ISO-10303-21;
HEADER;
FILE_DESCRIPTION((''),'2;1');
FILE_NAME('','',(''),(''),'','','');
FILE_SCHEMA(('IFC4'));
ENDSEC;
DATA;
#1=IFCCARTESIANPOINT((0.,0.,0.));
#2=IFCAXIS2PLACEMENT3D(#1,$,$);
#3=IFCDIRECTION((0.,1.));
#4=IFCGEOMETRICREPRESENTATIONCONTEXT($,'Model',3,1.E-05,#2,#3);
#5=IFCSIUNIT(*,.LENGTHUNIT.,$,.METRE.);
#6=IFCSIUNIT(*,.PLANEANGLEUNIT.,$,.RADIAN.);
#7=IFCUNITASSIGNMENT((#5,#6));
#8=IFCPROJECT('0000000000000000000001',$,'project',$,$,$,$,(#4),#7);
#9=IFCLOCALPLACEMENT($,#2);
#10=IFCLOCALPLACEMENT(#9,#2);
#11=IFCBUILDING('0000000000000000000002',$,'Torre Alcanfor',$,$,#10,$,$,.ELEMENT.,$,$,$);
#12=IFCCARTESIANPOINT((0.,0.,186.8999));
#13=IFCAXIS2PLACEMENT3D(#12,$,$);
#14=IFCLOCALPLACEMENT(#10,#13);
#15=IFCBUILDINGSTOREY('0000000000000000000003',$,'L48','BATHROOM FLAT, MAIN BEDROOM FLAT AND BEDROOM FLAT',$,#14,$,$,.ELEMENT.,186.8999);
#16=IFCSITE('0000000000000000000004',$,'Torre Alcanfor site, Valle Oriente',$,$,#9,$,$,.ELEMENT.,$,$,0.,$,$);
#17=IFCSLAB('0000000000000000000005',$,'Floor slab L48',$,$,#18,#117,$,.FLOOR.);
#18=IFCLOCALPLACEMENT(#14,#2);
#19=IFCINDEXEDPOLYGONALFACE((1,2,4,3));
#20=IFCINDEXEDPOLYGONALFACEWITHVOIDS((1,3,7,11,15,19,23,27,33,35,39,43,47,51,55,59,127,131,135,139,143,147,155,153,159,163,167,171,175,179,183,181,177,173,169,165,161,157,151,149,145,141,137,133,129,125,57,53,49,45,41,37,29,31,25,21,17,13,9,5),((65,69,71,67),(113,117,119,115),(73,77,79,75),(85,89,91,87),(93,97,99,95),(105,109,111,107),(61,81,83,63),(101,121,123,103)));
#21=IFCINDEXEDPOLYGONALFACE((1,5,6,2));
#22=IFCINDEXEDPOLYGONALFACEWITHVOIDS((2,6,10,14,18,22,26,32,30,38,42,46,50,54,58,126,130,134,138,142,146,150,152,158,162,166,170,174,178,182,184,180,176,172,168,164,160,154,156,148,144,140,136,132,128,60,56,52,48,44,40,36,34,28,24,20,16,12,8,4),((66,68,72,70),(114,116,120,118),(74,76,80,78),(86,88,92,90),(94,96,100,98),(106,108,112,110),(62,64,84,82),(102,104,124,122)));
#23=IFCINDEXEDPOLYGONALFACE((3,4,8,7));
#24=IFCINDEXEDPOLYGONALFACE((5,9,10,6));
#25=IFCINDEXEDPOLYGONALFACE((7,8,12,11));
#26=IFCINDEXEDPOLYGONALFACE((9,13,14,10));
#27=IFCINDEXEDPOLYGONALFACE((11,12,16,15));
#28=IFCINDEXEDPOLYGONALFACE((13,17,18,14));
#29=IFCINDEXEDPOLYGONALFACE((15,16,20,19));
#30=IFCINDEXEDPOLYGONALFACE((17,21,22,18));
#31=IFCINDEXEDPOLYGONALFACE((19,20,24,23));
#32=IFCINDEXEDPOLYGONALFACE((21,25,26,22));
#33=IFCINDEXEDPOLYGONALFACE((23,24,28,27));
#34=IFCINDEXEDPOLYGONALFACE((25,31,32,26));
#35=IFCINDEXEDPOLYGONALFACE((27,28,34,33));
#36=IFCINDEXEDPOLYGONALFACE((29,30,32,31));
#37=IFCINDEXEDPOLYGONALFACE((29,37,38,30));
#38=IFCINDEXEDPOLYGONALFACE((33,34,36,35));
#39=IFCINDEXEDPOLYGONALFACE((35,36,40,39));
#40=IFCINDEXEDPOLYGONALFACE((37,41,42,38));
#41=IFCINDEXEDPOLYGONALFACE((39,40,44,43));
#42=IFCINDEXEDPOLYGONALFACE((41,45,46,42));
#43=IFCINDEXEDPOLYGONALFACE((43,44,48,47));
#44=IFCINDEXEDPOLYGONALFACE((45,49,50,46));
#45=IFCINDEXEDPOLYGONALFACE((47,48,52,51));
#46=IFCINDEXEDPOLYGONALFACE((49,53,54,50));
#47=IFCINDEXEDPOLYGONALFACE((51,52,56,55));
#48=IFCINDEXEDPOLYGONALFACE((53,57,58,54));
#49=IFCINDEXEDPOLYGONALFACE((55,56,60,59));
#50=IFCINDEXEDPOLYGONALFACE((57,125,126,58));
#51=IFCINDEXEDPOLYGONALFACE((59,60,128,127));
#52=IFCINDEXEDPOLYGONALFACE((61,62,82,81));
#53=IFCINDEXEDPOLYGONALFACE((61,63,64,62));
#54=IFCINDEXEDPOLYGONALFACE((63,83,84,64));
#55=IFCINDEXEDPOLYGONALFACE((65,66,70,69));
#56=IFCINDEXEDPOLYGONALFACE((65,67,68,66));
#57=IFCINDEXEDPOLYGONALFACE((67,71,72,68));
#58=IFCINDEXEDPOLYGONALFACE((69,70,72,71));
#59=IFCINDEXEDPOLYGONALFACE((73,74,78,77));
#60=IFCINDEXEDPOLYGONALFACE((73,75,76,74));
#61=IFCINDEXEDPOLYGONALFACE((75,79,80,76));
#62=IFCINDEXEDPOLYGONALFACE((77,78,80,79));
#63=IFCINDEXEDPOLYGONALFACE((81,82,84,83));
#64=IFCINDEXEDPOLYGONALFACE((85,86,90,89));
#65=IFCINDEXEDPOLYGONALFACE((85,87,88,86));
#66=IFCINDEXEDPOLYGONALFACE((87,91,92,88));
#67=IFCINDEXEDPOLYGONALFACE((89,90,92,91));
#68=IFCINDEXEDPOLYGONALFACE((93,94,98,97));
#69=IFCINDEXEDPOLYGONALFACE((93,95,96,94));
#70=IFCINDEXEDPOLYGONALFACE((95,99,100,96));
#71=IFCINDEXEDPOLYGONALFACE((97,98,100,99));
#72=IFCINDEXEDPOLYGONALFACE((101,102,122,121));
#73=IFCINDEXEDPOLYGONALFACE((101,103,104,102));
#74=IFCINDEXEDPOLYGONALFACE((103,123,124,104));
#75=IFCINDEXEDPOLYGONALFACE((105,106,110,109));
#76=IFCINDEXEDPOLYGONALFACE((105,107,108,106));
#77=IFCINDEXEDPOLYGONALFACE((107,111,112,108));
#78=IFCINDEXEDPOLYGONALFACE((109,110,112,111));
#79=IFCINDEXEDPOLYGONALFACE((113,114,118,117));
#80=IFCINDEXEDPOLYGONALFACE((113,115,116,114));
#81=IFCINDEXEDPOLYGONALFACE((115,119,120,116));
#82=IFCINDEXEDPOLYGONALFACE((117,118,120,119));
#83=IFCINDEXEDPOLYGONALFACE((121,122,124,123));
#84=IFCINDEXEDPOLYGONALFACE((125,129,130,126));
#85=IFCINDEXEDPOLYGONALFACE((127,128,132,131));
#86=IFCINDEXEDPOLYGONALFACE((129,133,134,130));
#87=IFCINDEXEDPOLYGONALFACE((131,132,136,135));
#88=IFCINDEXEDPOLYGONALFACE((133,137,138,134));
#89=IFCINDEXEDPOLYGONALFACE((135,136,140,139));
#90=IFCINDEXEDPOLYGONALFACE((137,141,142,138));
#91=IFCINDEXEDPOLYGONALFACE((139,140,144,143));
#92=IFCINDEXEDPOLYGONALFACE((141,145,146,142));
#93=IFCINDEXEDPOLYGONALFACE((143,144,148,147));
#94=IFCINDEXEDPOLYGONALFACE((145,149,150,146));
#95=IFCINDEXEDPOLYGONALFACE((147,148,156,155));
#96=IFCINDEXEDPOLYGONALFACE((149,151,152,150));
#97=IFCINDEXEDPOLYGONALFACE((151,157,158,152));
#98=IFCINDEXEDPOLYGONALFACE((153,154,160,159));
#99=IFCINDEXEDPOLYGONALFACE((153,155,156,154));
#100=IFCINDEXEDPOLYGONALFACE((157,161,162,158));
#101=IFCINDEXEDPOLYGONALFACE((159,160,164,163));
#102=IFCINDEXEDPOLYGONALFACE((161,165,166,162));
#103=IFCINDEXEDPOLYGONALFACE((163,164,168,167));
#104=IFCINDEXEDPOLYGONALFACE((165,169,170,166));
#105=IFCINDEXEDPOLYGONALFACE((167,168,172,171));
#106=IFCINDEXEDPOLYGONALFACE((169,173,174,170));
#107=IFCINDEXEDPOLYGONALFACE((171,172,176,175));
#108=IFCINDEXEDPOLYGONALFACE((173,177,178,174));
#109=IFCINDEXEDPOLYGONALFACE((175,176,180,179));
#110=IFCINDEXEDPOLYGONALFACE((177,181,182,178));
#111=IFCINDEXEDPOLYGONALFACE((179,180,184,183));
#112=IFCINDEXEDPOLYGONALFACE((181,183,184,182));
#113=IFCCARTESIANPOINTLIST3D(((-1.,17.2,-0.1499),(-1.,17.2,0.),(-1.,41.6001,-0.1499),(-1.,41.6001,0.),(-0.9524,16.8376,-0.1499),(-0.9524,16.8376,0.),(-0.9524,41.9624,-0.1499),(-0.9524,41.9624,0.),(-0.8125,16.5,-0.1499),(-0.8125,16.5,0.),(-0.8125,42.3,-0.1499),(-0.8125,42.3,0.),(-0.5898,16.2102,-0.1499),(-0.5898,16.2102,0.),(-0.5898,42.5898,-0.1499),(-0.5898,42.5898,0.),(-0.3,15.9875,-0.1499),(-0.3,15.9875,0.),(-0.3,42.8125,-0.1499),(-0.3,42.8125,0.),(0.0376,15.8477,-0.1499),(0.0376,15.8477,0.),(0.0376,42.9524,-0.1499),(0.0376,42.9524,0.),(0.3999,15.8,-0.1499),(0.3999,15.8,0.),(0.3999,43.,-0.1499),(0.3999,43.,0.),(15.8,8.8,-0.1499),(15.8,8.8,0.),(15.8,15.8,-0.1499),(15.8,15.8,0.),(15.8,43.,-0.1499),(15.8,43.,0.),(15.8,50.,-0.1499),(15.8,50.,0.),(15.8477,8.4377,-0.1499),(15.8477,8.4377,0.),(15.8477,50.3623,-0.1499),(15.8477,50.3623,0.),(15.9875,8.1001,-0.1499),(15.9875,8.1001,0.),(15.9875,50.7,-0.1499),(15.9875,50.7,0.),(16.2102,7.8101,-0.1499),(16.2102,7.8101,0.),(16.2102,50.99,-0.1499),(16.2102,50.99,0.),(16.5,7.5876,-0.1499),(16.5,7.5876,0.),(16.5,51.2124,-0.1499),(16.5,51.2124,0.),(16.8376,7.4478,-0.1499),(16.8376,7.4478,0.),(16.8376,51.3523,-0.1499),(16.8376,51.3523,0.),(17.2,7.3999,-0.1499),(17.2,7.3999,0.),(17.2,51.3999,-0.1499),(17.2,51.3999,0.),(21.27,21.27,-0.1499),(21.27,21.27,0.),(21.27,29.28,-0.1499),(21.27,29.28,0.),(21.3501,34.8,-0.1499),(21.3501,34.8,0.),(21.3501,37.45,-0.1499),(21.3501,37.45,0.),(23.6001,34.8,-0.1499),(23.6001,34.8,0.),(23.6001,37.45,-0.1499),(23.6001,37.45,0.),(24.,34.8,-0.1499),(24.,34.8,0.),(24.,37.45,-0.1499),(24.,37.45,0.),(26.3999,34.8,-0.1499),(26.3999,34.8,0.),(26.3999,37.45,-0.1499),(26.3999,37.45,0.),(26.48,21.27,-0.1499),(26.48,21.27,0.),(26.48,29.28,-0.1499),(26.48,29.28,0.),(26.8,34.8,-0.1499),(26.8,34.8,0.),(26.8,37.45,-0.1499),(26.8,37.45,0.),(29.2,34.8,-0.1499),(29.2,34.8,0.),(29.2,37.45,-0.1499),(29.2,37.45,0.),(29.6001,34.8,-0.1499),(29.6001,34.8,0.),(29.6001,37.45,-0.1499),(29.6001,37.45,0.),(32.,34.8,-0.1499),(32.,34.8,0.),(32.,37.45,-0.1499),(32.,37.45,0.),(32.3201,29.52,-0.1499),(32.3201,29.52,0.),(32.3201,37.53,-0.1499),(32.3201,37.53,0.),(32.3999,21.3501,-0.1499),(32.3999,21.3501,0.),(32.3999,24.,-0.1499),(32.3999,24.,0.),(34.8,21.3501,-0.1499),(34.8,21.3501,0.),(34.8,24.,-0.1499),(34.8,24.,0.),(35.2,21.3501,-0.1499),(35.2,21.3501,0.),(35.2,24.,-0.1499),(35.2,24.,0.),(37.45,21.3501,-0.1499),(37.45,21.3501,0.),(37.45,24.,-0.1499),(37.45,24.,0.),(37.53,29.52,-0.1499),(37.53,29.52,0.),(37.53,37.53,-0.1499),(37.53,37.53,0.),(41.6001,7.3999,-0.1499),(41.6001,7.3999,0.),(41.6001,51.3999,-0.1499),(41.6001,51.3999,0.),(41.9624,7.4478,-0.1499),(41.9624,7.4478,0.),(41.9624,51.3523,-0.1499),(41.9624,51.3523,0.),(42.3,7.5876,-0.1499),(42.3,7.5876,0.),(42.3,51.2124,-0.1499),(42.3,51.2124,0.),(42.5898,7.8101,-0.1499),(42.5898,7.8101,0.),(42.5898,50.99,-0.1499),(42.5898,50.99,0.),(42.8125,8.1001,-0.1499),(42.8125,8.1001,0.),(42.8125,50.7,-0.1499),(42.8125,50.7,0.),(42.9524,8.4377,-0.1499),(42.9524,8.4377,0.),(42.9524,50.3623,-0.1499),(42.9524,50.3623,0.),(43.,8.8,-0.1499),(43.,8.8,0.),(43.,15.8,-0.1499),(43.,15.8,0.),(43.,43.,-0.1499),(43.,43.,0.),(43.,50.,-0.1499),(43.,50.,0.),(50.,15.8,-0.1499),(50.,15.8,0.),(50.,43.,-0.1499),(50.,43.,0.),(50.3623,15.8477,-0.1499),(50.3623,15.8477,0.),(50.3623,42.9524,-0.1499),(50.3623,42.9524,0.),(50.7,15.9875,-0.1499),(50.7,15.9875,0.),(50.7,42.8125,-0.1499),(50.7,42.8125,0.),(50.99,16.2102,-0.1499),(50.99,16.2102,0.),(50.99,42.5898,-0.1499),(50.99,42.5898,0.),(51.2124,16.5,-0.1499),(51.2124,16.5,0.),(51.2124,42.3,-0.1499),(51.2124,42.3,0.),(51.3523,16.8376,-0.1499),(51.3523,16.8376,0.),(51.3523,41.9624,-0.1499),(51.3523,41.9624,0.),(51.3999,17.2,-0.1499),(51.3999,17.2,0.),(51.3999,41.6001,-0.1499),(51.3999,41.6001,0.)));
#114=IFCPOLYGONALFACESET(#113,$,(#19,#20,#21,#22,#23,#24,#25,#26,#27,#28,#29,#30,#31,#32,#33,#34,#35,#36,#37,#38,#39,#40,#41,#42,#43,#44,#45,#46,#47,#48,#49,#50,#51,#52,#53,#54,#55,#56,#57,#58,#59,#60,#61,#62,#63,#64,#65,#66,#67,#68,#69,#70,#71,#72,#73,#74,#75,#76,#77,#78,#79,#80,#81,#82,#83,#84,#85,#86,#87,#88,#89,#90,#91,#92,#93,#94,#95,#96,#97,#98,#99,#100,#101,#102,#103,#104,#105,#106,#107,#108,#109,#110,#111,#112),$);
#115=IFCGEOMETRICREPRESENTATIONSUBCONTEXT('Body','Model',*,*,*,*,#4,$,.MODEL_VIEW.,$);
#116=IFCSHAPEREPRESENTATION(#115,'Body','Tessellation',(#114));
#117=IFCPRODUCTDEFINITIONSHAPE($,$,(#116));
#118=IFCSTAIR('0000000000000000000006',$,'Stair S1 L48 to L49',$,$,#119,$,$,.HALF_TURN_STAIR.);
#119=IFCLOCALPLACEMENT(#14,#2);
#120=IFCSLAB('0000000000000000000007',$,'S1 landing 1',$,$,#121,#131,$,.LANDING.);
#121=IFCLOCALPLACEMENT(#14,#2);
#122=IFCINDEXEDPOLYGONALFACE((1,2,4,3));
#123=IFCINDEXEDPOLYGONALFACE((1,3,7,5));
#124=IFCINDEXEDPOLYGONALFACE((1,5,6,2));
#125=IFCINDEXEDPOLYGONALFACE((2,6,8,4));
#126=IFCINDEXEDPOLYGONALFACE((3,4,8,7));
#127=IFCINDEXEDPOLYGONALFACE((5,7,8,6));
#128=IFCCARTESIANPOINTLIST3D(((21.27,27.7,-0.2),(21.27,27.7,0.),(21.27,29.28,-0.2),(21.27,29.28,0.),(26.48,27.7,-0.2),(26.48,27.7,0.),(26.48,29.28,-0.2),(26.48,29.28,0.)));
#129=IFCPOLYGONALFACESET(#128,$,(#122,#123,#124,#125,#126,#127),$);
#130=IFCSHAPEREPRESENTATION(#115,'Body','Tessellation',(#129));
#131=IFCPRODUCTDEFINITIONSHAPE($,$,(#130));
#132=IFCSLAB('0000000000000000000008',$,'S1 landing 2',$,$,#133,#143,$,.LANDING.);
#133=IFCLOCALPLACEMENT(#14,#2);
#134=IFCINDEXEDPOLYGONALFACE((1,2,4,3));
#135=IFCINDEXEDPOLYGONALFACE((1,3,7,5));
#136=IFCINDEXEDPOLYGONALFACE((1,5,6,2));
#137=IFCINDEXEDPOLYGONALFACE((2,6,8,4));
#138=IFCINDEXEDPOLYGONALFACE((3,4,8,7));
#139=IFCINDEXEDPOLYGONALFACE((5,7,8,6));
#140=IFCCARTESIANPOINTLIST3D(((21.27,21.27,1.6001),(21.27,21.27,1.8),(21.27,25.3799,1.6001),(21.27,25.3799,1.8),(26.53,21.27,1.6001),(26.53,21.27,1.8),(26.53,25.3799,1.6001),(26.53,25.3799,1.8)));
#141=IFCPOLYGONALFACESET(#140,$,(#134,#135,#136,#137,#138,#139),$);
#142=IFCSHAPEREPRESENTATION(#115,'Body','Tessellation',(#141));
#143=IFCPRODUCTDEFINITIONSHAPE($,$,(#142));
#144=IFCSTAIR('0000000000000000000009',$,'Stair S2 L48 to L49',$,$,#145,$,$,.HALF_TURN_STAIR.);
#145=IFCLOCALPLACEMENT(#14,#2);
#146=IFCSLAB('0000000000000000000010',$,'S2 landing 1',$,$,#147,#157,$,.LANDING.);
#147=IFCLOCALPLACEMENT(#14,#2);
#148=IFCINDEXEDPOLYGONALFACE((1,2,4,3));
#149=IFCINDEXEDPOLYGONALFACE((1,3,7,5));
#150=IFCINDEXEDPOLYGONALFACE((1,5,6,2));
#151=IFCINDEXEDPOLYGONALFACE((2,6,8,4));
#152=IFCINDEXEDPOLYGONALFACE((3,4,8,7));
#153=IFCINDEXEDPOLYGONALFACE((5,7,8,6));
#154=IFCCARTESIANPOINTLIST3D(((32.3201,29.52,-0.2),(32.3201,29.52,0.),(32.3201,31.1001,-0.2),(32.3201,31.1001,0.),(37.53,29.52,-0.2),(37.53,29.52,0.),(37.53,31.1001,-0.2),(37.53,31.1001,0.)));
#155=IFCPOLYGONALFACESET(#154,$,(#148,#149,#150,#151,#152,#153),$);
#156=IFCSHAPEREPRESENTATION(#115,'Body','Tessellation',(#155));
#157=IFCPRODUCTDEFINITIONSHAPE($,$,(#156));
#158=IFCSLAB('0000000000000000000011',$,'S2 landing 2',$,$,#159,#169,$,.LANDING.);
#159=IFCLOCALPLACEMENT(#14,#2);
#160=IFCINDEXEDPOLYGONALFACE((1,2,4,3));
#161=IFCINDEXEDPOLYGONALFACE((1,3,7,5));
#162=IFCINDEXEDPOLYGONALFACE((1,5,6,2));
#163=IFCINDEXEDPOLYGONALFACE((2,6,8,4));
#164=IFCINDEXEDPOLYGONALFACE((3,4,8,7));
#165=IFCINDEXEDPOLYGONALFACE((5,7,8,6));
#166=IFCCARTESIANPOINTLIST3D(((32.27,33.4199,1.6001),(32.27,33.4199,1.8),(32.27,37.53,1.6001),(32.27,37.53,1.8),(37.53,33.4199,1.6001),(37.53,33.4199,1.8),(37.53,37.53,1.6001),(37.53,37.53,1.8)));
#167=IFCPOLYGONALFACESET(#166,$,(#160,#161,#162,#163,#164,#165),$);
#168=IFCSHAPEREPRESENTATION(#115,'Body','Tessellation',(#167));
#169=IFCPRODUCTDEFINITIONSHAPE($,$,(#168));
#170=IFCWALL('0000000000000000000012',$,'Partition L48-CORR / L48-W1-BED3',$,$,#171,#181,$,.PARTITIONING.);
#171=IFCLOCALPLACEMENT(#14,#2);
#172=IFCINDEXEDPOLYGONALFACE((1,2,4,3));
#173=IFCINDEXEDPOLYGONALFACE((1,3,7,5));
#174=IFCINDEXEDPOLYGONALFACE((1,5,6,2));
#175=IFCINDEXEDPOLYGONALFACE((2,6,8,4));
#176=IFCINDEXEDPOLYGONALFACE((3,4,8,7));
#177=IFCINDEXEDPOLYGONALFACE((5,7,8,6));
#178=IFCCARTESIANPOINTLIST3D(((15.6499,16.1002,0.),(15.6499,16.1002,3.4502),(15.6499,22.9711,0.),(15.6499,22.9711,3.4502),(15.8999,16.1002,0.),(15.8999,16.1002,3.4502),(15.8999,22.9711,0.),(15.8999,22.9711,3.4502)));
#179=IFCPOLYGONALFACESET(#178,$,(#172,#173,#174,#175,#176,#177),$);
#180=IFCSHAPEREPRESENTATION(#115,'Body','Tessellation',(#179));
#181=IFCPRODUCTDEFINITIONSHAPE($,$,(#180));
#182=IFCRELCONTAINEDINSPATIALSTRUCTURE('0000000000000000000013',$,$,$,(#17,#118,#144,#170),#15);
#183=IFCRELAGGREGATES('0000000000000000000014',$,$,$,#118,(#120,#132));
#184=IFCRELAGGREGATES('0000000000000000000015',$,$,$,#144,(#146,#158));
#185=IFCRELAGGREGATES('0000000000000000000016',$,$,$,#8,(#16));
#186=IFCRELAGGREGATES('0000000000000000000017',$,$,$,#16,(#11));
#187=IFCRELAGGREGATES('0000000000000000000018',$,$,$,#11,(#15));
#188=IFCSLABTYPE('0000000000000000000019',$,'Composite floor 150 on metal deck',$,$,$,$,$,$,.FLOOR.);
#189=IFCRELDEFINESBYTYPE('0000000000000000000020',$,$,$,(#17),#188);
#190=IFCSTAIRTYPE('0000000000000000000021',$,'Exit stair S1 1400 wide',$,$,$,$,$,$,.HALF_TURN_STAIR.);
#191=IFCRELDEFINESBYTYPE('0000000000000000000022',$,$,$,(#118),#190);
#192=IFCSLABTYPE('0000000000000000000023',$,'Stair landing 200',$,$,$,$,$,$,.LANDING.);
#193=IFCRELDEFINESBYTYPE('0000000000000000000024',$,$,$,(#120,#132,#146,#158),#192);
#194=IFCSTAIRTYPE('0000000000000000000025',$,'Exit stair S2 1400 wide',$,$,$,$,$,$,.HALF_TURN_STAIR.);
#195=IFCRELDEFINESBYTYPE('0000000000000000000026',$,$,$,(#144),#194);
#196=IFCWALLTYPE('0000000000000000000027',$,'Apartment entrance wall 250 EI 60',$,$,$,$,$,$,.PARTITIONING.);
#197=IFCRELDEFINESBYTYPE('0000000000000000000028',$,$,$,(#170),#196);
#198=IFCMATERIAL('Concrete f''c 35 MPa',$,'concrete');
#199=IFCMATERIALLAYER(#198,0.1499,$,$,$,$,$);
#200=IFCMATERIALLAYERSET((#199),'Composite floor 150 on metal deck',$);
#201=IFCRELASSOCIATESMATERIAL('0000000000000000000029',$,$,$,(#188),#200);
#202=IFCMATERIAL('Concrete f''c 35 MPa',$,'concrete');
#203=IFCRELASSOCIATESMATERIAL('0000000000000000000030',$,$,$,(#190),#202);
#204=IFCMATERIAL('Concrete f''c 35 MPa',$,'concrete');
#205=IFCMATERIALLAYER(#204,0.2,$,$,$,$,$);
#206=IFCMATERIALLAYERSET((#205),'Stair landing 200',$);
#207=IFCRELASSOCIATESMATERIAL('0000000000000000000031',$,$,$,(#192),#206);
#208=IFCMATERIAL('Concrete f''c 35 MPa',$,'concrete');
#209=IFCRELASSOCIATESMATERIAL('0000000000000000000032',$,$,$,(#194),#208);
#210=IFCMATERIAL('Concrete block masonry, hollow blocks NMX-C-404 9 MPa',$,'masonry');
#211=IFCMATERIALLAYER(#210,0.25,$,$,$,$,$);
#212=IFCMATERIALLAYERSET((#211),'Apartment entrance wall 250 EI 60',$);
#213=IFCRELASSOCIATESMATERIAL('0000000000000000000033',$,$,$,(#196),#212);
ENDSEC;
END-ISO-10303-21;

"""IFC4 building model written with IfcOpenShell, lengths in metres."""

from ifc_helpers import new_model, si_unit, direction, frame, frame_2d, origin, place, context, subcontext, project, spatial, polyline, rectangle, outline, extrude, material, layer, layer_set, type_object, element, aggregate, save


model = new_model("IFC4")

# Units and contexts
model_context = context("Model", 3, precision=1e-05, world=origin(), true_north=direction((0.0, 1.0)))
body_context = subcontext(model_context, "Body", "Model", "MODEL_VIEW")
ifc_project = project(units=[si_unit("LENGTHUNIT", "METRE"), si_unit("PLANEANGLEUNIT", "RADIAN")], contexts=[model_context])

# Site, building, storey
site_placement = place(None, origin())
site = spatial("IfcSite", under=ifc_project, at=site_placement, Name="Torre Alcanfor site, Valle Oriente", CompositionType="ELEMENT", RefElevation=0.0)
building_placement = place(site_placement, origin())
building = spatial("IfcBuilding", under=site, at=building_placement, Name="Torre Alcanfor", CompositionType="ELEMENT")
storey_placement = place(building_placement, frame((0.0, 0.0, 186.8999)))
storey = spatial("IfcBuildingStorey", under=building, at=storey_placement, Name="L48", Description="BATHROOM FLAT, MAIN BEDROOM FLAT AND BEDROOM FLAT", CompositionType="ELEMENT", Elevation=186.8999)

# Slab
ifc_material_1 = material(Name="Concrete f'c 35 MPa", Category="concrete")
ifc_layer_1 = layer(ifc_material_1, 0.1499)
ifc_layer_set_1 = layer_set([ifc_layer_1], Name="Composite floor 150 on metal deck")
slab_type_1 = type_object("IfcSlabType", Name="Composite floor 150 on metal deck", PredefinedType="FLOOR", material=ifc_layer_set_1)
slab_1_placement = place(storey_placement, frame((0.0, 0.0, -0.1499)))
element("IfcSlab", 1, at=slab_1_placement, inside=storey, type_object=slab_type_1, Name="Floor slab L48", PredefinedType="FLOOR", context=body_context, shape_type="SweptSolid", body=[
    extrude(outline(polyline([(15.8, 43.0), (0.3999, 43.0), (0.0376, 42.9524), (-0.3, 42.8125), (-0.5898, 42.5898), (-0.8125, 42.3), (-0.9524, 41.9624), (-1.0, 41.6001), (-1.0, 17.2), (-0.9524, 16.8376), (-0.8125, 16.5), (-0.5898, 16.2102), (-0.3, 15.9875), (0.0376, 15.8477), (0.3999, 15.8), (15.8, 15.8), (15.8, 8.8), (15.8477, 8.4377), (15.9875, 8.1001), (16.2102, 7.8101), (16.5, 7.5876), (16.8376, 7.4478), (17.2, 7.3999), (41.6001, 7.3999), (41.9624, 7.4478), (42.3, 7.5876), (42.5898, 7.8101), (42.8125, 8.1001), (42.9524, 8.4377), (43.0, 8.8), (43.0, 15.8), (50.0, 15.8), (50.3623, 15.8477), (50.7, 15.9875), (50.99, 16.2102), (51.2124, 16.5), (51.3523, 16.8376), (51.3999, 17.2), (51.3999, 41.6001), (51.3523, 41.9624), (51.2124, 42.3), (50.99, 42.5898), (50.7, 42.8125), (50.3623, 42.9524), (50.0, 43.0), (43.0, 43.0), (43.0, 50.0), (42.9524, 50.3623), (42.8125, 50.7), (42.5898, 50.99), (42.3, 51.2124), (41.9624, 51.3523), (41.6001, 51.3999), (17.2, 51.3999), (16.8376, 51.3523), (16.5, 51.2124), (16.2102, 50.99), (15.9875, 50.7), (15.8477, 50.3623), (15.8, 50.0), (15.8, 43.0)]), holes=[polyline([(21.27, 21.27), (26.48, 21.27), (26.48, 29.28), (21.27, 29.28), (21.27, 21.27)]), polyline([(32.3201, 29.52), (37.53, 29.52), (37.53, 37.53), (32.3201, 37.53), (32.3201, 29.52)]), polyline([(32.3999, 21.3501), (34.8, 21.3501), (34.8, 24.0), (32.3999, 24.0), (32.3999, 21.3501)]), polyline([(35.2, 21.3501), (37.45, 21.3501), (37.45, 24.0), (35.2, 24.0), (35.2, 21.3501)]), polyline([(21.3501, 34.8), (23.6001, 34.8), (23.6001, 37.45), (21.3501, 37.45), (21.3501, 34.8)]), polyline([(24.0, 34.8), (26.3999, 34.8), (26.3999, 37.45), (24.0, 37.45), (24.0, 34.8)]), polyline([(26.8, 34.8), (29.2, 34.8), (29.2, 37.45), (26.8, 37.45), (26.8, 34.8)]), polyline([(29.6001, 34.8), (32.0, 34.8), (32.0, 37.45), (29.6001, 37.45), (29.6001, 34.8)])]), origin(), (0.0, 0.0, 1.0), 0.1499),
])

# Stairs, slabs
ifc_material_2 = material(Name="Concrete f'c 35 MPa", Category="concrete")
stair_type_1 = type_object("IfcStairType", Name="Exit stair S1 1400 wide", PredefinedType="HALF_TURN_STAIR", material=ifc_material_2)
stair_1_placement = place(storey_placement, origin())
stair_1 = element("IfcStair", 2, at=stair_1_placement, inside=storey, type_object=stair_type_1, Name="Stair S1 L48 to L49", PredefinedType="HALF_TURN_STAIR")
ifc_material_3 = material(Name="Concrete f'c 35 MPa", Category="concrete")
ifc_layer_2 = layer(ifc_material_3, 0.2)
ifc_layer_set_2 = layer_set([ifc_layer_2], Name="Stair landing 200")
slab_type_2 = type_object("IfcSlabType", Name="Stair landing 200", PredefinedType="LANDING", material=ifc_layer_set_2)
slab_2_placement = place(storey_placement, frame((0.0, 0.0, -0.2)))
slab_2 = element("IfcSlab", 3, at=slab_2_placement, type_object=slab_type_2, Name="S1 landing 1", PredefinedType="LANDING", context=body_context, shape_type="SweptSolid", body=[
    extrude(outline(polyline([(21.27, 27.7), (26.48, 27.7), (26.48, 29.28), (21.27, 29.28), (21.27, 27.7)])), origin(), (0.0, 0.0, 1.0), 0.2),
])
slab_3_placement = place(storey_placement, frame((0.0, 0.0, 1.6001)))
slab_3 = element("IfcSlab", 4, at=slab_3_placement, type_object=slab_type_2, Name="S1 landing 2", PredefinedType="LANDING", context=body_context, shape_type="SweptSolid", body=[
    extrude(outline(polyline([(21.27, 21.27), (26.53, 21.27), (26.53, 25.3799), (21.27, 25.3799), (21.27, 21.27)])), origin(), (0.0, 0.0, 1.0), 0.2),
])
aggregate(stair_1, [slab_2, slab_3])
ifc_material_4 = material(Name="Concrete f'c 35 MPa", Category="concrete")
stair_type_2 = type_object("IfcStairType", Name="Exit stair S2 1400 wide", PredefinedType="HALF_TURN_STAIR", material=ifc_material_4)
stair_2_placement = place(storey_placement, origin())
stair_2 = element("IfcStair", 5, at=stair_2_placement, inside=storey, type_object=stair_type_2, Name="Stair S2 L48 to L49", PredefinedType="HALF_TURN_STAIR")
slab_4_placement = place(storey_placement, frame((0.0, 0.0, -0.2)))
slab_4 = element("IfcSlab", 6, at=slab_4_placement, type_object=slab_type_2, Name="S2 landing 1", PredefinedType="LANDING", context=body_context, shape_type="SweptSolid", body=[
    extrude(outline(polyline([(32.3201, 29.52), (37.53, 29.52), (37.53, 31.1001), (32.3201, 31.1001), (32.3201, 29.52)])), origin(), (0.0, 0.0, 1.0), 0.2),
])
slab_5_placement = place(storey_placement, frame((0.0, 0.0, 1.6001)))
slab_5 = element("IfcSlab", 7, at=slab_5_placement, type_object=slab_type_2, Name="S2 landing 2", PredefinedType="LANDING", context=body_context, shape_type="SweptSolid", body=[
    extrude(outline(polyline([(32.27, 33.4199), (37.53, 33.4199), (37.53, 37.53), (32.27, 37.53), (32.27, 33.4199)])), origin(), (0.0, 0.0, 1.0), 0.2),
])
aggregate(stair_2, [slab_4, slab_5])

# Wall
ifc_material_5 = material(Name="Concrete block masonry, hollow blocks NMX-C-404 9 MPa", Category="masonry")
ifc_layer_3 = layer(ifc_material_5, 0.25)
ifc_layer_set_3 = layer_set([ifc_layer_3], Name="Apartment entrance wall 250 EI 60")
wall_type_1 = type_object("IfcWallType", Name="Apartment entrance wall 250 EI 60", PredefinedType="PARTITIONING", material=ifc_layer_set_3)
wall_1_placement = place(storey_placement, frame((15.7749, 16.1001, 0.0), z_axis=(0.0, 0.0, 1.0), x_axis=(0.0, 1.0, 0.0)))
element("IfcWall", 8, at=wall_1_placement, inside=storey, type_object=wall_type_1, Name="Partition L48-CORR / L48-W1-BED3", PredefinedType="PARTITIONING", context=body_context, shape_type="SweptSolid", body=[
    extrude(rectangle(XDim=6.8708, YDim=0.25, at=frame_2d((3.4355, 0.0))), origin(), (0.0, 0.0, 1.0), 3.4502),
])

save(model, "model.ifc")
